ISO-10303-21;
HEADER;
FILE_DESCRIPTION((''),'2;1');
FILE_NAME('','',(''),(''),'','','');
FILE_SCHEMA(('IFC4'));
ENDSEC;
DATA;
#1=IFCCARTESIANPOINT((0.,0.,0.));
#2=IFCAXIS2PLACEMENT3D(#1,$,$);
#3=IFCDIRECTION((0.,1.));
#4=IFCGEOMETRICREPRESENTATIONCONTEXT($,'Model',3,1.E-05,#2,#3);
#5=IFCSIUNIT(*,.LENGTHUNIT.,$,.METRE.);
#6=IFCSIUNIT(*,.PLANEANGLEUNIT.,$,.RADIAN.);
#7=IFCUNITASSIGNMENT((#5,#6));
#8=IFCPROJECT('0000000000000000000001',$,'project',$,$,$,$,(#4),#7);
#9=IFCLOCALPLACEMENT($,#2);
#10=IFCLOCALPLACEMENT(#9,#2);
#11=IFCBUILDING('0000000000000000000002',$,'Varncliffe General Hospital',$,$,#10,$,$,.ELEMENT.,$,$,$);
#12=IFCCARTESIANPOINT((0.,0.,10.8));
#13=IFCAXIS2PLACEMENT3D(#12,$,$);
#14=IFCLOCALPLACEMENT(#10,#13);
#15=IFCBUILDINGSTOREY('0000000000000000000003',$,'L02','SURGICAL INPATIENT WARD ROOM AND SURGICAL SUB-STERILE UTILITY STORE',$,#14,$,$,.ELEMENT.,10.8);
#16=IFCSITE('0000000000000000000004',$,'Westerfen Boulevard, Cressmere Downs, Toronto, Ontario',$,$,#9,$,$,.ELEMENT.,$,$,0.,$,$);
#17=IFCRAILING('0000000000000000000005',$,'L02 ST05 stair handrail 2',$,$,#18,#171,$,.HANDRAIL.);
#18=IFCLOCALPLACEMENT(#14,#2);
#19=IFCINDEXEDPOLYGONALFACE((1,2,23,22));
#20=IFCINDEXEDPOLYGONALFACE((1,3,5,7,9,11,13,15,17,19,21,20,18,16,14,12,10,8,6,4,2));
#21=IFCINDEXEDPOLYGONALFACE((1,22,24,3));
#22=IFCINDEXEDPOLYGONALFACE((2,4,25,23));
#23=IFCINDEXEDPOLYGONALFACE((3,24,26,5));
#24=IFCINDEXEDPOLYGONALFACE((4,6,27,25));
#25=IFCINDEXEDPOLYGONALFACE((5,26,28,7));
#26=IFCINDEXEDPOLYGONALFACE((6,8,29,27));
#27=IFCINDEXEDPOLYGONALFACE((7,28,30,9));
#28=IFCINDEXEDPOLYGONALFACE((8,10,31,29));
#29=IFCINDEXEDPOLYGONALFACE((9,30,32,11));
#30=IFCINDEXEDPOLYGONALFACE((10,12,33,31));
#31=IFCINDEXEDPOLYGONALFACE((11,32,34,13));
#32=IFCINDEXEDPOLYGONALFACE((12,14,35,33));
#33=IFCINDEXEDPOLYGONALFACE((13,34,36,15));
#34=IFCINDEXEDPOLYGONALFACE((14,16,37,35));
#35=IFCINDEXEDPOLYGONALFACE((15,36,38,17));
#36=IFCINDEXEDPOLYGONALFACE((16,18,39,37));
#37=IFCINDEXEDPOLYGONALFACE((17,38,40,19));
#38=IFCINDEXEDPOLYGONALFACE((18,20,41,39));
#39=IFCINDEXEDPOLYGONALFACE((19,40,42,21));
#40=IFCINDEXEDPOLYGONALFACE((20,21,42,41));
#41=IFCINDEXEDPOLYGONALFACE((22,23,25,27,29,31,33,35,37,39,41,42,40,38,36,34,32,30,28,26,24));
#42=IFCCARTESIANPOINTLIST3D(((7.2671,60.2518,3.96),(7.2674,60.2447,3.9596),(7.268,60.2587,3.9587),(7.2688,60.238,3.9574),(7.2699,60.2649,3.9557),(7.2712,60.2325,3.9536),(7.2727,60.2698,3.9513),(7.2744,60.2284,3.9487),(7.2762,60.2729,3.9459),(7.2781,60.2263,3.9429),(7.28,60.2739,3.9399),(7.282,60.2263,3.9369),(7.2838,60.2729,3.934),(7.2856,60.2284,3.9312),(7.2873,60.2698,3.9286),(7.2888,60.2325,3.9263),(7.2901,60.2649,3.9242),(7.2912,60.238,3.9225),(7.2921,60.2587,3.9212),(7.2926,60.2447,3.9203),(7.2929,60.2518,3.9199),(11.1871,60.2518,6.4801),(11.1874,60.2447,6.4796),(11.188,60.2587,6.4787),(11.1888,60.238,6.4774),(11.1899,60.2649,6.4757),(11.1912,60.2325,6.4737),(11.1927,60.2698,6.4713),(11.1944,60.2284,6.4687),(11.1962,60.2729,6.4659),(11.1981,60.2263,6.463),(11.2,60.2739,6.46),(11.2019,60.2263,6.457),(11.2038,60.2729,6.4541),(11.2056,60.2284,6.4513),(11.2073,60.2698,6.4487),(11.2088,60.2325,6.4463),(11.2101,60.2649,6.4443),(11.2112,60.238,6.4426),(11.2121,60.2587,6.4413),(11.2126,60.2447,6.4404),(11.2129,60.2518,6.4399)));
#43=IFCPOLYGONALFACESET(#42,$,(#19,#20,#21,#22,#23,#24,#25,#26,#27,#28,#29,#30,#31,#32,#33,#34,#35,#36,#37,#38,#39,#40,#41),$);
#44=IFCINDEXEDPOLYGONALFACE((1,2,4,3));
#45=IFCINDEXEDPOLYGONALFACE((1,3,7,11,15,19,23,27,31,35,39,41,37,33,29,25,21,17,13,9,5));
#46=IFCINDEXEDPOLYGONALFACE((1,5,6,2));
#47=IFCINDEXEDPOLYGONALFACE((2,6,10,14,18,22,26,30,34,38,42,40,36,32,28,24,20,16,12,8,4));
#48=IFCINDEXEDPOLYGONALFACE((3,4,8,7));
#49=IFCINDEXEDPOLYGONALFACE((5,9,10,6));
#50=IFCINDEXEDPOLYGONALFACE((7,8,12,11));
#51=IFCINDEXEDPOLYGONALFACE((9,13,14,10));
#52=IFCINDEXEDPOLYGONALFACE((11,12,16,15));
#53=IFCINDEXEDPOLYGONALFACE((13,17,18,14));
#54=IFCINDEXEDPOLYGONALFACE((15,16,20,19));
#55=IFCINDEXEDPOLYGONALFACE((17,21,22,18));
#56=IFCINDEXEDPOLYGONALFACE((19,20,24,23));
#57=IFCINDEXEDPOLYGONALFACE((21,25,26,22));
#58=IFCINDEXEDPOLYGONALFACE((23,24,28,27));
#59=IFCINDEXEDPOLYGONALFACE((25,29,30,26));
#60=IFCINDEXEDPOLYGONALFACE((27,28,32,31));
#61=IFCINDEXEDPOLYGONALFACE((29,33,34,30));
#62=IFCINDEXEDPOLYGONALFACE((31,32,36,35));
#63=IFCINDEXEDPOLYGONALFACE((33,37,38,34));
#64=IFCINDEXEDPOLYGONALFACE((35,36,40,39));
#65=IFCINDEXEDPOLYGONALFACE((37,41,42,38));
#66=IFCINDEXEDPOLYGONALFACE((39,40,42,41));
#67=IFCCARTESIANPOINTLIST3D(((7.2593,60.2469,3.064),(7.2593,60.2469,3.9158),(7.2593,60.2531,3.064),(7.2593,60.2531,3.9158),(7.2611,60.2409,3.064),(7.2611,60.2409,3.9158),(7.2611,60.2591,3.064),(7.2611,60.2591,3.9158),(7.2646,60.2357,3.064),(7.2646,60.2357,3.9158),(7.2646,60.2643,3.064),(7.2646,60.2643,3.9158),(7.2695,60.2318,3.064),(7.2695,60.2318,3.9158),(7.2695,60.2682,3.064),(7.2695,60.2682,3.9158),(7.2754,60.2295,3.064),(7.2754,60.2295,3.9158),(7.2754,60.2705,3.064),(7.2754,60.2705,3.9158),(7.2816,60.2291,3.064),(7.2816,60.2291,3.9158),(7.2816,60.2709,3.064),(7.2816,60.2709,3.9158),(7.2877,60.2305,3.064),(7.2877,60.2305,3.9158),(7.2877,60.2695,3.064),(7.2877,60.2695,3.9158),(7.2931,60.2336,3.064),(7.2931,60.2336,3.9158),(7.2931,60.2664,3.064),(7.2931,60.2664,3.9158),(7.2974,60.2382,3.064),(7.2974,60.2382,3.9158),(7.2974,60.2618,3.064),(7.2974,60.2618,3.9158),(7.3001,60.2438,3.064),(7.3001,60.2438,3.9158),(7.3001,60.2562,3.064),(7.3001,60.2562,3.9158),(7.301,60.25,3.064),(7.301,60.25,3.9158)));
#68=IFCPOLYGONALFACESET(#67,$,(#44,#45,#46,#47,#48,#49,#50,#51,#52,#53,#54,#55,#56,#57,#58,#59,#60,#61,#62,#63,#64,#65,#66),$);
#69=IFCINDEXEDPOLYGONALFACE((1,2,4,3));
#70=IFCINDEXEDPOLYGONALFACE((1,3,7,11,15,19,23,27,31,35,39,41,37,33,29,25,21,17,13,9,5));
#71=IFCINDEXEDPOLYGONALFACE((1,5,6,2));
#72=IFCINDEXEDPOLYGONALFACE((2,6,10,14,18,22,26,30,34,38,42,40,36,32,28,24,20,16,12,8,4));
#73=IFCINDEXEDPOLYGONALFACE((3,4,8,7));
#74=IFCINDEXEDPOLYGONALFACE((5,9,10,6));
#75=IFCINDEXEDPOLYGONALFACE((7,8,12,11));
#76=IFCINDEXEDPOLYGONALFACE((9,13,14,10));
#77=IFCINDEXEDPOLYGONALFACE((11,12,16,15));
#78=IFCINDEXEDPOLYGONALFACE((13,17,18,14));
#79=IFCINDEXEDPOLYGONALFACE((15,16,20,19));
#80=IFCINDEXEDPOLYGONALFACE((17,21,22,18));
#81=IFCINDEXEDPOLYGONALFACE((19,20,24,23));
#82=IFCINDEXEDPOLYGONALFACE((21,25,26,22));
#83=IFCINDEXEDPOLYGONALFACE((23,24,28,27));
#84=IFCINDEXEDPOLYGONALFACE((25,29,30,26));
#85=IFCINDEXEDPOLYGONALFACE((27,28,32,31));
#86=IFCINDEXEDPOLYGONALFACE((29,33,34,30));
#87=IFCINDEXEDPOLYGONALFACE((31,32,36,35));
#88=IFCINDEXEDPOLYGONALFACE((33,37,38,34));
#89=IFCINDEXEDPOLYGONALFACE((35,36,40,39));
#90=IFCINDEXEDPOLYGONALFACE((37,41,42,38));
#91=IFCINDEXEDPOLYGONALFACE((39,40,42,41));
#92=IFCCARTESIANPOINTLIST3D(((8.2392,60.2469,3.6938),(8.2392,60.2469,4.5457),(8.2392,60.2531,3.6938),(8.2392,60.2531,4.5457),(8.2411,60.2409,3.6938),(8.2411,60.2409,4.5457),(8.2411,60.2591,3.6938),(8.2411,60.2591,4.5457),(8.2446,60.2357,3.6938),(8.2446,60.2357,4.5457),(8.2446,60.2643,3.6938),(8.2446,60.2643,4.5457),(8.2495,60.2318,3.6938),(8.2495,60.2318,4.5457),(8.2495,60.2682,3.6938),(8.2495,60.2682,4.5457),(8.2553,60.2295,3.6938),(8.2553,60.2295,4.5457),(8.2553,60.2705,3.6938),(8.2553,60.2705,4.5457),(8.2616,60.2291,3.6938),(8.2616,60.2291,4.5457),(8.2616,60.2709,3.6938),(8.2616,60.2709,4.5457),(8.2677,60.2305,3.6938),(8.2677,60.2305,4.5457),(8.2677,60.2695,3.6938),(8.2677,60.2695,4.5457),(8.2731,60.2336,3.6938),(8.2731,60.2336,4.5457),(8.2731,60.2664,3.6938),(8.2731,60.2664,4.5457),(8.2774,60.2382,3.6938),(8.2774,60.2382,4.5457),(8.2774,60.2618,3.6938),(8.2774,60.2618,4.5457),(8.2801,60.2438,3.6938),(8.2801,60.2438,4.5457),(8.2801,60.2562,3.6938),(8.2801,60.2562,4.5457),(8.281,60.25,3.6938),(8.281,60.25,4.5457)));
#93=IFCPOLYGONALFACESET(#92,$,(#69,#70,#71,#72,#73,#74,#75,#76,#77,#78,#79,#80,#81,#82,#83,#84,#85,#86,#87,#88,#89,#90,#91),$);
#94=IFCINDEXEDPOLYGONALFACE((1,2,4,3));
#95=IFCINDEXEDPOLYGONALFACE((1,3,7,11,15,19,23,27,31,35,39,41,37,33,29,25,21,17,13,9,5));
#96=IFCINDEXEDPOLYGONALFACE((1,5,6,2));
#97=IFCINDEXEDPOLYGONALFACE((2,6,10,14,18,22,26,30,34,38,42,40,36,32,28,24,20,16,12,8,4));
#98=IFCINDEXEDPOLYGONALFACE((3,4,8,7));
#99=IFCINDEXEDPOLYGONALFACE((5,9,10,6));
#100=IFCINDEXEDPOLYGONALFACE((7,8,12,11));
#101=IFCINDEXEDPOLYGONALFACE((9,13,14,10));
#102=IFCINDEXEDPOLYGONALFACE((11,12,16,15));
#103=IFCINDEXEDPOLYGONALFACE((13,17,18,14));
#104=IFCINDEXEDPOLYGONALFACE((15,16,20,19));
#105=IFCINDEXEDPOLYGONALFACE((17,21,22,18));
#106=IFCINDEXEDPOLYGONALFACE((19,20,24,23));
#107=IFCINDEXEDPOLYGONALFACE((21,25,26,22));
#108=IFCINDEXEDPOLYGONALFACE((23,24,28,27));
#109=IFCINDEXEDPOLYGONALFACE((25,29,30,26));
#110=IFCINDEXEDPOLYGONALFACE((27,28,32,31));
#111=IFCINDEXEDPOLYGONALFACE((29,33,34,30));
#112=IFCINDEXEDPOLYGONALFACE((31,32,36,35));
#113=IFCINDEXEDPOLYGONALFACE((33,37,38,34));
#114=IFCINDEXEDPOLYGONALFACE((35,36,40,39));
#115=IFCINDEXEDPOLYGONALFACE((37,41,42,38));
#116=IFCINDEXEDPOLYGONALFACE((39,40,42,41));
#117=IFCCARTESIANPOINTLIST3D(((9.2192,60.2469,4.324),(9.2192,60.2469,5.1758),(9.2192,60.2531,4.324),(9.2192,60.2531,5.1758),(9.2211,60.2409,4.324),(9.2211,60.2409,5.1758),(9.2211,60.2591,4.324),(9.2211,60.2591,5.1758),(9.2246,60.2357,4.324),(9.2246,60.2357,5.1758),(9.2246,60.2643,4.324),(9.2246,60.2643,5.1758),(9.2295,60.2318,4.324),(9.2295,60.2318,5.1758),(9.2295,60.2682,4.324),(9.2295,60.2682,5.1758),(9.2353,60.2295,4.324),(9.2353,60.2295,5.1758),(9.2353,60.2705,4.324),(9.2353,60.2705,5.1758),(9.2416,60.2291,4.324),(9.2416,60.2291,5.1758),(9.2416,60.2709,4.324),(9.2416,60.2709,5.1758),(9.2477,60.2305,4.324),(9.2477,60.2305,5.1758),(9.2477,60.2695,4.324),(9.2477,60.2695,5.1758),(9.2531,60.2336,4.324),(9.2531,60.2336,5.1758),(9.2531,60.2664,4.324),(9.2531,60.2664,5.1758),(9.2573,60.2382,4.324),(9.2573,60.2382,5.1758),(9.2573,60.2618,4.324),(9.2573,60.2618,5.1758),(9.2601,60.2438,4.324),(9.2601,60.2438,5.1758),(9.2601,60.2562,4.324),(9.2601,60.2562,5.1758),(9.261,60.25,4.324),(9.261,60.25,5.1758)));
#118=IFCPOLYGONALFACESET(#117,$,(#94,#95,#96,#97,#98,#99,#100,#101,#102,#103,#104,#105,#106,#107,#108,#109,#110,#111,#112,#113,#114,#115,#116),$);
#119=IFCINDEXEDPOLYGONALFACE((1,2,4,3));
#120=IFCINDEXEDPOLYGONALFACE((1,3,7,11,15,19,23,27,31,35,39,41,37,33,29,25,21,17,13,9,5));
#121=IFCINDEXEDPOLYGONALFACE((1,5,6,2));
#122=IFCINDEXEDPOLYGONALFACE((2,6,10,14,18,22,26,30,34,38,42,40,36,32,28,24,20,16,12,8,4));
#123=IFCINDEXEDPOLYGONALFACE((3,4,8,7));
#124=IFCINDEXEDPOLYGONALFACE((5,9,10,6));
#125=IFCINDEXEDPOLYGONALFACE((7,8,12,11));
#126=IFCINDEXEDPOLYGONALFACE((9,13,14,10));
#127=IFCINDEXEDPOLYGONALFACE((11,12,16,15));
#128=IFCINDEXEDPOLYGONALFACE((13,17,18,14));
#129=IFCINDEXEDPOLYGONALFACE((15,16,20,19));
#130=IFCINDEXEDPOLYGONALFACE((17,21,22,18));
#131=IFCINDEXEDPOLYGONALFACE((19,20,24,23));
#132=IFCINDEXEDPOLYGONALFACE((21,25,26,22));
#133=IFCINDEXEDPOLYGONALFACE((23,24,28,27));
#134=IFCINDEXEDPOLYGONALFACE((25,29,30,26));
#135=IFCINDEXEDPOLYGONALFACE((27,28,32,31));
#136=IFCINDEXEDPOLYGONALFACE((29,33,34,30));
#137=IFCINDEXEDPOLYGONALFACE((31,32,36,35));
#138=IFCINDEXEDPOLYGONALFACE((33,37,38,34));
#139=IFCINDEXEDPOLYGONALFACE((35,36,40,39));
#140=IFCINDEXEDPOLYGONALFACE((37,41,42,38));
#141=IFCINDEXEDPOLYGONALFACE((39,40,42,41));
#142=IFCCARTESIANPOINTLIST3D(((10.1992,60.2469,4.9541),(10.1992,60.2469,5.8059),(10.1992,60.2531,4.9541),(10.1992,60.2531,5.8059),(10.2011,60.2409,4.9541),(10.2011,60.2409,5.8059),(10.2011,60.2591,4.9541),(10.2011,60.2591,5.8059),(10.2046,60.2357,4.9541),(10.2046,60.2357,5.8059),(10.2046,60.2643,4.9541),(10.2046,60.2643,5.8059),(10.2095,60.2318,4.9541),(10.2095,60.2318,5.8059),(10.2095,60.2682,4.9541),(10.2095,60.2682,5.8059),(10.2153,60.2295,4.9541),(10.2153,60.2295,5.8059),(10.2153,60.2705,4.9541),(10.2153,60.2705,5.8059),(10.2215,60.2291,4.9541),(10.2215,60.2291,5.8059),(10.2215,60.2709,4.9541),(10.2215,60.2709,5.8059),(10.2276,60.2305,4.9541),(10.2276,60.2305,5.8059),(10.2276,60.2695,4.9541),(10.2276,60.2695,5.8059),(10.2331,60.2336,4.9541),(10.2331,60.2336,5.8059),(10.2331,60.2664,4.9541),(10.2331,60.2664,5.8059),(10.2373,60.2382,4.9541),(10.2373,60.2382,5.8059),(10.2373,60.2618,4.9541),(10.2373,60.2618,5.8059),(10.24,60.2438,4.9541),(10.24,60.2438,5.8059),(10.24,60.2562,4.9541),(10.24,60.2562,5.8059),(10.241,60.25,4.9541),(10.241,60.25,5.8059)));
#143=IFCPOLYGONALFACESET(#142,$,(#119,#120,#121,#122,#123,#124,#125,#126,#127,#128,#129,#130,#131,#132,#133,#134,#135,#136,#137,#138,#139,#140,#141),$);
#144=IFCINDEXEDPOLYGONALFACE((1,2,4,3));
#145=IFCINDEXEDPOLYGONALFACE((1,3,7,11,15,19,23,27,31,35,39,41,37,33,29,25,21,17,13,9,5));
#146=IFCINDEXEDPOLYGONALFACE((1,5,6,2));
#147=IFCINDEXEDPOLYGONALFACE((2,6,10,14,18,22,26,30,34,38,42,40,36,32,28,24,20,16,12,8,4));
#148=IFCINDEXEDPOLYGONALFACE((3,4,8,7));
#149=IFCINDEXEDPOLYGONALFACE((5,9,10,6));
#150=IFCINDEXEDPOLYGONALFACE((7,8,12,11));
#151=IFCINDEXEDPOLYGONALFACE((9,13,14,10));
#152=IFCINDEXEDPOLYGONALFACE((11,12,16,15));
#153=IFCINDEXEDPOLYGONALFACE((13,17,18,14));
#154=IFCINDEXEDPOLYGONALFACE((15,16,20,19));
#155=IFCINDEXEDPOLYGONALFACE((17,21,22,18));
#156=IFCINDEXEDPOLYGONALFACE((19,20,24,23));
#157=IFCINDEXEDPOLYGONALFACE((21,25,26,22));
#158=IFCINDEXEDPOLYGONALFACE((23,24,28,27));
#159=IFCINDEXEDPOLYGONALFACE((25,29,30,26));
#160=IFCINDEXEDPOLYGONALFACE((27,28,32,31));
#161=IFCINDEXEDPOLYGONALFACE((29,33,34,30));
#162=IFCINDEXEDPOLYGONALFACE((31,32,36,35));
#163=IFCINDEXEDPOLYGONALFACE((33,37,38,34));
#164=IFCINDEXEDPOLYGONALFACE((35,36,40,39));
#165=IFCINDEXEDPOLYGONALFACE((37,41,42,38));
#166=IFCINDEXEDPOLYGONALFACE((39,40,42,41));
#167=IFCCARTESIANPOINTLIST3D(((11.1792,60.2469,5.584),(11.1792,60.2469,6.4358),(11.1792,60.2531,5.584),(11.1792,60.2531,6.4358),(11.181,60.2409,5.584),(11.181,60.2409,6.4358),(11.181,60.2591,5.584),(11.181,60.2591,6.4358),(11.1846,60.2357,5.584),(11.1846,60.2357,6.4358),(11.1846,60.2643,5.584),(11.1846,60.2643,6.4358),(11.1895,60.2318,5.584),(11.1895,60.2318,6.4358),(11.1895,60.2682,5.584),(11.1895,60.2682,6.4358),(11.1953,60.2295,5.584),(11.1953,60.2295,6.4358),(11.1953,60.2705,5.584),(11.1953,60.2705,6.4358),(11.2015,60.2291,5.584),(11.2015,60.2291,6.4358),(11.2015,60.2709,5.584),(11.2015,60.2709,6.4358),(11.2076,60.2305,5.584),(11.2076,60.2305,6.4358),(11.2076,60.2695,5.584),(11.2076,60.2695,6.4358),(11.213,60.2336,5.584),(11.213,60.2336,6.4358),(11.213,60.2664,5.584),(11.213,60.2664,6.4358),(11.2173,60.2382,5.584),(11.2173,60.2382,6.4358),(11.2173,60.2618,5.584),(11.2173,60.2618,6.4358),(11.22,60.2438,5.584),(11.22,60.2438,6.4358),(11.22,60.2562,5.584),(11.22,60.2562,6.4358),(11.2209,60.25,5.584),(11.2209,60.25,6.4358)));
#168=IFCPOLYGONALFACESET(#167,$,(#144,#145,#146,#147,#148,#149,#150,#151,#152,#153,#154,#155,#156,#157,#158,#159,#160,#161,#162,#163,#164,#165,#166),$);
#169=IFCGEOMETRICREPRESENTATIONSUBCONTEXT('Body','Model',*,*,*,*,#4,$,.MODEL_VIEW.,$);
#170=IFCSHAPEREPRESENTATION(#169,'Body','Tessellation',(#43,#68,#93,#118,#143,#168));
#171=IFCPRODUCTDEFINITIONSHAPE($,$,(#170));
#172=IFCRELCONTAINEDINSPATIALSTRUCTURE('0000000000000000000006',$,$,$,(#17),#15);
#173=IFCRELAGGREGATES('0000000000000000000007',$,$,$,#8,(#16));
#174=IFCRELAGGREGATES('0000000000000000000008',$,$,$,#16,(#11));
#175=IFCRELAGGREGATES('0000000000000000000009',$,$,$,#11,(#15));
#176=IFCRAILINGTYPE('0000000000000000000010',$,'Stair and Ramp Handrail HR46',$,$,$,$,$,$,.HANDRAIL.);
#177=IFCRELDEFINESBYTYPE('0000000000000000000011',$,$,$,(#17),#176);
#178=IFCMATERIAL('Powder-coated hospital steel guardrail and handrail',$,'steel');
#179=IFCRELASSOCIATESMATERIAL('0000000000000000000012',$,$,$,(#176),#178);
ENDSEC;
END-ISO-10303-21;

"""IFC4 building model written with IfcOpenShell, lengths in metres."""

from ifc_helpers import new_model, si_unit, direction, frame, origin, origin_2d, place, context, subcontext, project, spatial, circle, extrude, material, type_object, element, save


model = new_model("IFC4")

# Units and contexts
model_context = context("Model", 3, precision=1e-05, world=origin(), true_north=direction((0.0, 1.0)))
body_context = subcontext(model_context, "Body", "Model", "MODEL_VIEW")
ifc_project = project(units=[si_unit("LENGTHUNIT", "METRE"), si_unit("PLANEANGLEUNIT", "RADIAN")], contexts=[model_context])

# Site, building, storey
site_placement = place(None, origin())
site = spatial("IfcSite", under=ifc_project, at=site_placement, Name="Westerfen Boulevard, Cressmere Downs, Toronto, Ontario", CompositionType="ELEMENT", RefElevation=0.0)
building_placement = place(site_placement, origin())
building = spatial("IfcBuilding", under=site, at=building_placement, Name="Varncliffe General Hospital", CompositionType="ELEMENT")
storey_placement = place(building_placement, frame((0.0, 0.0, 10.8)))
storey = spatial("IfcBuildingStorey", under=building, at=storey_placement, Name="L02", Description="SURGICAL INPATIENT WARD ROOM AND SURGICAL SUB-STERILE UTILITY STORE", CompositionType="ELEMENT", Elevation=10.8)

# Railing
ifc_material_1 = material(Name="Powder-coated hospital steel guardrail and handrail", Category="steel")
railing_type_1 = type_object("IfcRailingType", Name="Stair and Ramp Handrail HR46", PredefinedType="HANDRAIL", material=ifc_material_1)
railing_1_placement = place(storey_placement, frame((7.28, 60.25, 3.064)))
element("IfcRailing", 1, at=railing_1_placement, inside=storey, type_object=railing_type_1, Name="L02 ST05 stair handrail 2", PredefinedType="HANDRAIL", context=body_context, shape_type="SweptSolid", body=[
    extrude(circle(Radius=0.0239, at=origin_2d()), frame((0.0, 0.0, 0.876), z_axis=(0.841172, 0.0, 0.540768), x_axis=(0.0, 1.0, 0.0)), (0.0, 0.0, 1.0), 4.6602),
    extrude(circle(Radius=0.021, at=origin_2d()), origin(), (0.0, 0.0, 1.0), 0.8518),
    extrude(circle(Radius=0.021, at=origin_2d()), frame((0.98, 0.0, 0.6299)), (0.0, 0.0, 1.0), 0.8518),
    extrude(circle(Radius=0.021, at=origin_2d()), frame((1.96, 0.0, 1.26)), (0.0, 0.0, 1.0), 0.8518),
    extrude(circle(Radius=0.021, at=origin_2d()), frame((2.9399, 0.0, 1.8901)), (0.0, 0.0, 1.0), 0.8518),
    extrude(circle(Radius=0.021, at=origin_2d()), frame((3.9199, 0.0, 2.52)), (0.0, 0.0, 1.0), 0.8518),
])

save(model, "model.ifc")
